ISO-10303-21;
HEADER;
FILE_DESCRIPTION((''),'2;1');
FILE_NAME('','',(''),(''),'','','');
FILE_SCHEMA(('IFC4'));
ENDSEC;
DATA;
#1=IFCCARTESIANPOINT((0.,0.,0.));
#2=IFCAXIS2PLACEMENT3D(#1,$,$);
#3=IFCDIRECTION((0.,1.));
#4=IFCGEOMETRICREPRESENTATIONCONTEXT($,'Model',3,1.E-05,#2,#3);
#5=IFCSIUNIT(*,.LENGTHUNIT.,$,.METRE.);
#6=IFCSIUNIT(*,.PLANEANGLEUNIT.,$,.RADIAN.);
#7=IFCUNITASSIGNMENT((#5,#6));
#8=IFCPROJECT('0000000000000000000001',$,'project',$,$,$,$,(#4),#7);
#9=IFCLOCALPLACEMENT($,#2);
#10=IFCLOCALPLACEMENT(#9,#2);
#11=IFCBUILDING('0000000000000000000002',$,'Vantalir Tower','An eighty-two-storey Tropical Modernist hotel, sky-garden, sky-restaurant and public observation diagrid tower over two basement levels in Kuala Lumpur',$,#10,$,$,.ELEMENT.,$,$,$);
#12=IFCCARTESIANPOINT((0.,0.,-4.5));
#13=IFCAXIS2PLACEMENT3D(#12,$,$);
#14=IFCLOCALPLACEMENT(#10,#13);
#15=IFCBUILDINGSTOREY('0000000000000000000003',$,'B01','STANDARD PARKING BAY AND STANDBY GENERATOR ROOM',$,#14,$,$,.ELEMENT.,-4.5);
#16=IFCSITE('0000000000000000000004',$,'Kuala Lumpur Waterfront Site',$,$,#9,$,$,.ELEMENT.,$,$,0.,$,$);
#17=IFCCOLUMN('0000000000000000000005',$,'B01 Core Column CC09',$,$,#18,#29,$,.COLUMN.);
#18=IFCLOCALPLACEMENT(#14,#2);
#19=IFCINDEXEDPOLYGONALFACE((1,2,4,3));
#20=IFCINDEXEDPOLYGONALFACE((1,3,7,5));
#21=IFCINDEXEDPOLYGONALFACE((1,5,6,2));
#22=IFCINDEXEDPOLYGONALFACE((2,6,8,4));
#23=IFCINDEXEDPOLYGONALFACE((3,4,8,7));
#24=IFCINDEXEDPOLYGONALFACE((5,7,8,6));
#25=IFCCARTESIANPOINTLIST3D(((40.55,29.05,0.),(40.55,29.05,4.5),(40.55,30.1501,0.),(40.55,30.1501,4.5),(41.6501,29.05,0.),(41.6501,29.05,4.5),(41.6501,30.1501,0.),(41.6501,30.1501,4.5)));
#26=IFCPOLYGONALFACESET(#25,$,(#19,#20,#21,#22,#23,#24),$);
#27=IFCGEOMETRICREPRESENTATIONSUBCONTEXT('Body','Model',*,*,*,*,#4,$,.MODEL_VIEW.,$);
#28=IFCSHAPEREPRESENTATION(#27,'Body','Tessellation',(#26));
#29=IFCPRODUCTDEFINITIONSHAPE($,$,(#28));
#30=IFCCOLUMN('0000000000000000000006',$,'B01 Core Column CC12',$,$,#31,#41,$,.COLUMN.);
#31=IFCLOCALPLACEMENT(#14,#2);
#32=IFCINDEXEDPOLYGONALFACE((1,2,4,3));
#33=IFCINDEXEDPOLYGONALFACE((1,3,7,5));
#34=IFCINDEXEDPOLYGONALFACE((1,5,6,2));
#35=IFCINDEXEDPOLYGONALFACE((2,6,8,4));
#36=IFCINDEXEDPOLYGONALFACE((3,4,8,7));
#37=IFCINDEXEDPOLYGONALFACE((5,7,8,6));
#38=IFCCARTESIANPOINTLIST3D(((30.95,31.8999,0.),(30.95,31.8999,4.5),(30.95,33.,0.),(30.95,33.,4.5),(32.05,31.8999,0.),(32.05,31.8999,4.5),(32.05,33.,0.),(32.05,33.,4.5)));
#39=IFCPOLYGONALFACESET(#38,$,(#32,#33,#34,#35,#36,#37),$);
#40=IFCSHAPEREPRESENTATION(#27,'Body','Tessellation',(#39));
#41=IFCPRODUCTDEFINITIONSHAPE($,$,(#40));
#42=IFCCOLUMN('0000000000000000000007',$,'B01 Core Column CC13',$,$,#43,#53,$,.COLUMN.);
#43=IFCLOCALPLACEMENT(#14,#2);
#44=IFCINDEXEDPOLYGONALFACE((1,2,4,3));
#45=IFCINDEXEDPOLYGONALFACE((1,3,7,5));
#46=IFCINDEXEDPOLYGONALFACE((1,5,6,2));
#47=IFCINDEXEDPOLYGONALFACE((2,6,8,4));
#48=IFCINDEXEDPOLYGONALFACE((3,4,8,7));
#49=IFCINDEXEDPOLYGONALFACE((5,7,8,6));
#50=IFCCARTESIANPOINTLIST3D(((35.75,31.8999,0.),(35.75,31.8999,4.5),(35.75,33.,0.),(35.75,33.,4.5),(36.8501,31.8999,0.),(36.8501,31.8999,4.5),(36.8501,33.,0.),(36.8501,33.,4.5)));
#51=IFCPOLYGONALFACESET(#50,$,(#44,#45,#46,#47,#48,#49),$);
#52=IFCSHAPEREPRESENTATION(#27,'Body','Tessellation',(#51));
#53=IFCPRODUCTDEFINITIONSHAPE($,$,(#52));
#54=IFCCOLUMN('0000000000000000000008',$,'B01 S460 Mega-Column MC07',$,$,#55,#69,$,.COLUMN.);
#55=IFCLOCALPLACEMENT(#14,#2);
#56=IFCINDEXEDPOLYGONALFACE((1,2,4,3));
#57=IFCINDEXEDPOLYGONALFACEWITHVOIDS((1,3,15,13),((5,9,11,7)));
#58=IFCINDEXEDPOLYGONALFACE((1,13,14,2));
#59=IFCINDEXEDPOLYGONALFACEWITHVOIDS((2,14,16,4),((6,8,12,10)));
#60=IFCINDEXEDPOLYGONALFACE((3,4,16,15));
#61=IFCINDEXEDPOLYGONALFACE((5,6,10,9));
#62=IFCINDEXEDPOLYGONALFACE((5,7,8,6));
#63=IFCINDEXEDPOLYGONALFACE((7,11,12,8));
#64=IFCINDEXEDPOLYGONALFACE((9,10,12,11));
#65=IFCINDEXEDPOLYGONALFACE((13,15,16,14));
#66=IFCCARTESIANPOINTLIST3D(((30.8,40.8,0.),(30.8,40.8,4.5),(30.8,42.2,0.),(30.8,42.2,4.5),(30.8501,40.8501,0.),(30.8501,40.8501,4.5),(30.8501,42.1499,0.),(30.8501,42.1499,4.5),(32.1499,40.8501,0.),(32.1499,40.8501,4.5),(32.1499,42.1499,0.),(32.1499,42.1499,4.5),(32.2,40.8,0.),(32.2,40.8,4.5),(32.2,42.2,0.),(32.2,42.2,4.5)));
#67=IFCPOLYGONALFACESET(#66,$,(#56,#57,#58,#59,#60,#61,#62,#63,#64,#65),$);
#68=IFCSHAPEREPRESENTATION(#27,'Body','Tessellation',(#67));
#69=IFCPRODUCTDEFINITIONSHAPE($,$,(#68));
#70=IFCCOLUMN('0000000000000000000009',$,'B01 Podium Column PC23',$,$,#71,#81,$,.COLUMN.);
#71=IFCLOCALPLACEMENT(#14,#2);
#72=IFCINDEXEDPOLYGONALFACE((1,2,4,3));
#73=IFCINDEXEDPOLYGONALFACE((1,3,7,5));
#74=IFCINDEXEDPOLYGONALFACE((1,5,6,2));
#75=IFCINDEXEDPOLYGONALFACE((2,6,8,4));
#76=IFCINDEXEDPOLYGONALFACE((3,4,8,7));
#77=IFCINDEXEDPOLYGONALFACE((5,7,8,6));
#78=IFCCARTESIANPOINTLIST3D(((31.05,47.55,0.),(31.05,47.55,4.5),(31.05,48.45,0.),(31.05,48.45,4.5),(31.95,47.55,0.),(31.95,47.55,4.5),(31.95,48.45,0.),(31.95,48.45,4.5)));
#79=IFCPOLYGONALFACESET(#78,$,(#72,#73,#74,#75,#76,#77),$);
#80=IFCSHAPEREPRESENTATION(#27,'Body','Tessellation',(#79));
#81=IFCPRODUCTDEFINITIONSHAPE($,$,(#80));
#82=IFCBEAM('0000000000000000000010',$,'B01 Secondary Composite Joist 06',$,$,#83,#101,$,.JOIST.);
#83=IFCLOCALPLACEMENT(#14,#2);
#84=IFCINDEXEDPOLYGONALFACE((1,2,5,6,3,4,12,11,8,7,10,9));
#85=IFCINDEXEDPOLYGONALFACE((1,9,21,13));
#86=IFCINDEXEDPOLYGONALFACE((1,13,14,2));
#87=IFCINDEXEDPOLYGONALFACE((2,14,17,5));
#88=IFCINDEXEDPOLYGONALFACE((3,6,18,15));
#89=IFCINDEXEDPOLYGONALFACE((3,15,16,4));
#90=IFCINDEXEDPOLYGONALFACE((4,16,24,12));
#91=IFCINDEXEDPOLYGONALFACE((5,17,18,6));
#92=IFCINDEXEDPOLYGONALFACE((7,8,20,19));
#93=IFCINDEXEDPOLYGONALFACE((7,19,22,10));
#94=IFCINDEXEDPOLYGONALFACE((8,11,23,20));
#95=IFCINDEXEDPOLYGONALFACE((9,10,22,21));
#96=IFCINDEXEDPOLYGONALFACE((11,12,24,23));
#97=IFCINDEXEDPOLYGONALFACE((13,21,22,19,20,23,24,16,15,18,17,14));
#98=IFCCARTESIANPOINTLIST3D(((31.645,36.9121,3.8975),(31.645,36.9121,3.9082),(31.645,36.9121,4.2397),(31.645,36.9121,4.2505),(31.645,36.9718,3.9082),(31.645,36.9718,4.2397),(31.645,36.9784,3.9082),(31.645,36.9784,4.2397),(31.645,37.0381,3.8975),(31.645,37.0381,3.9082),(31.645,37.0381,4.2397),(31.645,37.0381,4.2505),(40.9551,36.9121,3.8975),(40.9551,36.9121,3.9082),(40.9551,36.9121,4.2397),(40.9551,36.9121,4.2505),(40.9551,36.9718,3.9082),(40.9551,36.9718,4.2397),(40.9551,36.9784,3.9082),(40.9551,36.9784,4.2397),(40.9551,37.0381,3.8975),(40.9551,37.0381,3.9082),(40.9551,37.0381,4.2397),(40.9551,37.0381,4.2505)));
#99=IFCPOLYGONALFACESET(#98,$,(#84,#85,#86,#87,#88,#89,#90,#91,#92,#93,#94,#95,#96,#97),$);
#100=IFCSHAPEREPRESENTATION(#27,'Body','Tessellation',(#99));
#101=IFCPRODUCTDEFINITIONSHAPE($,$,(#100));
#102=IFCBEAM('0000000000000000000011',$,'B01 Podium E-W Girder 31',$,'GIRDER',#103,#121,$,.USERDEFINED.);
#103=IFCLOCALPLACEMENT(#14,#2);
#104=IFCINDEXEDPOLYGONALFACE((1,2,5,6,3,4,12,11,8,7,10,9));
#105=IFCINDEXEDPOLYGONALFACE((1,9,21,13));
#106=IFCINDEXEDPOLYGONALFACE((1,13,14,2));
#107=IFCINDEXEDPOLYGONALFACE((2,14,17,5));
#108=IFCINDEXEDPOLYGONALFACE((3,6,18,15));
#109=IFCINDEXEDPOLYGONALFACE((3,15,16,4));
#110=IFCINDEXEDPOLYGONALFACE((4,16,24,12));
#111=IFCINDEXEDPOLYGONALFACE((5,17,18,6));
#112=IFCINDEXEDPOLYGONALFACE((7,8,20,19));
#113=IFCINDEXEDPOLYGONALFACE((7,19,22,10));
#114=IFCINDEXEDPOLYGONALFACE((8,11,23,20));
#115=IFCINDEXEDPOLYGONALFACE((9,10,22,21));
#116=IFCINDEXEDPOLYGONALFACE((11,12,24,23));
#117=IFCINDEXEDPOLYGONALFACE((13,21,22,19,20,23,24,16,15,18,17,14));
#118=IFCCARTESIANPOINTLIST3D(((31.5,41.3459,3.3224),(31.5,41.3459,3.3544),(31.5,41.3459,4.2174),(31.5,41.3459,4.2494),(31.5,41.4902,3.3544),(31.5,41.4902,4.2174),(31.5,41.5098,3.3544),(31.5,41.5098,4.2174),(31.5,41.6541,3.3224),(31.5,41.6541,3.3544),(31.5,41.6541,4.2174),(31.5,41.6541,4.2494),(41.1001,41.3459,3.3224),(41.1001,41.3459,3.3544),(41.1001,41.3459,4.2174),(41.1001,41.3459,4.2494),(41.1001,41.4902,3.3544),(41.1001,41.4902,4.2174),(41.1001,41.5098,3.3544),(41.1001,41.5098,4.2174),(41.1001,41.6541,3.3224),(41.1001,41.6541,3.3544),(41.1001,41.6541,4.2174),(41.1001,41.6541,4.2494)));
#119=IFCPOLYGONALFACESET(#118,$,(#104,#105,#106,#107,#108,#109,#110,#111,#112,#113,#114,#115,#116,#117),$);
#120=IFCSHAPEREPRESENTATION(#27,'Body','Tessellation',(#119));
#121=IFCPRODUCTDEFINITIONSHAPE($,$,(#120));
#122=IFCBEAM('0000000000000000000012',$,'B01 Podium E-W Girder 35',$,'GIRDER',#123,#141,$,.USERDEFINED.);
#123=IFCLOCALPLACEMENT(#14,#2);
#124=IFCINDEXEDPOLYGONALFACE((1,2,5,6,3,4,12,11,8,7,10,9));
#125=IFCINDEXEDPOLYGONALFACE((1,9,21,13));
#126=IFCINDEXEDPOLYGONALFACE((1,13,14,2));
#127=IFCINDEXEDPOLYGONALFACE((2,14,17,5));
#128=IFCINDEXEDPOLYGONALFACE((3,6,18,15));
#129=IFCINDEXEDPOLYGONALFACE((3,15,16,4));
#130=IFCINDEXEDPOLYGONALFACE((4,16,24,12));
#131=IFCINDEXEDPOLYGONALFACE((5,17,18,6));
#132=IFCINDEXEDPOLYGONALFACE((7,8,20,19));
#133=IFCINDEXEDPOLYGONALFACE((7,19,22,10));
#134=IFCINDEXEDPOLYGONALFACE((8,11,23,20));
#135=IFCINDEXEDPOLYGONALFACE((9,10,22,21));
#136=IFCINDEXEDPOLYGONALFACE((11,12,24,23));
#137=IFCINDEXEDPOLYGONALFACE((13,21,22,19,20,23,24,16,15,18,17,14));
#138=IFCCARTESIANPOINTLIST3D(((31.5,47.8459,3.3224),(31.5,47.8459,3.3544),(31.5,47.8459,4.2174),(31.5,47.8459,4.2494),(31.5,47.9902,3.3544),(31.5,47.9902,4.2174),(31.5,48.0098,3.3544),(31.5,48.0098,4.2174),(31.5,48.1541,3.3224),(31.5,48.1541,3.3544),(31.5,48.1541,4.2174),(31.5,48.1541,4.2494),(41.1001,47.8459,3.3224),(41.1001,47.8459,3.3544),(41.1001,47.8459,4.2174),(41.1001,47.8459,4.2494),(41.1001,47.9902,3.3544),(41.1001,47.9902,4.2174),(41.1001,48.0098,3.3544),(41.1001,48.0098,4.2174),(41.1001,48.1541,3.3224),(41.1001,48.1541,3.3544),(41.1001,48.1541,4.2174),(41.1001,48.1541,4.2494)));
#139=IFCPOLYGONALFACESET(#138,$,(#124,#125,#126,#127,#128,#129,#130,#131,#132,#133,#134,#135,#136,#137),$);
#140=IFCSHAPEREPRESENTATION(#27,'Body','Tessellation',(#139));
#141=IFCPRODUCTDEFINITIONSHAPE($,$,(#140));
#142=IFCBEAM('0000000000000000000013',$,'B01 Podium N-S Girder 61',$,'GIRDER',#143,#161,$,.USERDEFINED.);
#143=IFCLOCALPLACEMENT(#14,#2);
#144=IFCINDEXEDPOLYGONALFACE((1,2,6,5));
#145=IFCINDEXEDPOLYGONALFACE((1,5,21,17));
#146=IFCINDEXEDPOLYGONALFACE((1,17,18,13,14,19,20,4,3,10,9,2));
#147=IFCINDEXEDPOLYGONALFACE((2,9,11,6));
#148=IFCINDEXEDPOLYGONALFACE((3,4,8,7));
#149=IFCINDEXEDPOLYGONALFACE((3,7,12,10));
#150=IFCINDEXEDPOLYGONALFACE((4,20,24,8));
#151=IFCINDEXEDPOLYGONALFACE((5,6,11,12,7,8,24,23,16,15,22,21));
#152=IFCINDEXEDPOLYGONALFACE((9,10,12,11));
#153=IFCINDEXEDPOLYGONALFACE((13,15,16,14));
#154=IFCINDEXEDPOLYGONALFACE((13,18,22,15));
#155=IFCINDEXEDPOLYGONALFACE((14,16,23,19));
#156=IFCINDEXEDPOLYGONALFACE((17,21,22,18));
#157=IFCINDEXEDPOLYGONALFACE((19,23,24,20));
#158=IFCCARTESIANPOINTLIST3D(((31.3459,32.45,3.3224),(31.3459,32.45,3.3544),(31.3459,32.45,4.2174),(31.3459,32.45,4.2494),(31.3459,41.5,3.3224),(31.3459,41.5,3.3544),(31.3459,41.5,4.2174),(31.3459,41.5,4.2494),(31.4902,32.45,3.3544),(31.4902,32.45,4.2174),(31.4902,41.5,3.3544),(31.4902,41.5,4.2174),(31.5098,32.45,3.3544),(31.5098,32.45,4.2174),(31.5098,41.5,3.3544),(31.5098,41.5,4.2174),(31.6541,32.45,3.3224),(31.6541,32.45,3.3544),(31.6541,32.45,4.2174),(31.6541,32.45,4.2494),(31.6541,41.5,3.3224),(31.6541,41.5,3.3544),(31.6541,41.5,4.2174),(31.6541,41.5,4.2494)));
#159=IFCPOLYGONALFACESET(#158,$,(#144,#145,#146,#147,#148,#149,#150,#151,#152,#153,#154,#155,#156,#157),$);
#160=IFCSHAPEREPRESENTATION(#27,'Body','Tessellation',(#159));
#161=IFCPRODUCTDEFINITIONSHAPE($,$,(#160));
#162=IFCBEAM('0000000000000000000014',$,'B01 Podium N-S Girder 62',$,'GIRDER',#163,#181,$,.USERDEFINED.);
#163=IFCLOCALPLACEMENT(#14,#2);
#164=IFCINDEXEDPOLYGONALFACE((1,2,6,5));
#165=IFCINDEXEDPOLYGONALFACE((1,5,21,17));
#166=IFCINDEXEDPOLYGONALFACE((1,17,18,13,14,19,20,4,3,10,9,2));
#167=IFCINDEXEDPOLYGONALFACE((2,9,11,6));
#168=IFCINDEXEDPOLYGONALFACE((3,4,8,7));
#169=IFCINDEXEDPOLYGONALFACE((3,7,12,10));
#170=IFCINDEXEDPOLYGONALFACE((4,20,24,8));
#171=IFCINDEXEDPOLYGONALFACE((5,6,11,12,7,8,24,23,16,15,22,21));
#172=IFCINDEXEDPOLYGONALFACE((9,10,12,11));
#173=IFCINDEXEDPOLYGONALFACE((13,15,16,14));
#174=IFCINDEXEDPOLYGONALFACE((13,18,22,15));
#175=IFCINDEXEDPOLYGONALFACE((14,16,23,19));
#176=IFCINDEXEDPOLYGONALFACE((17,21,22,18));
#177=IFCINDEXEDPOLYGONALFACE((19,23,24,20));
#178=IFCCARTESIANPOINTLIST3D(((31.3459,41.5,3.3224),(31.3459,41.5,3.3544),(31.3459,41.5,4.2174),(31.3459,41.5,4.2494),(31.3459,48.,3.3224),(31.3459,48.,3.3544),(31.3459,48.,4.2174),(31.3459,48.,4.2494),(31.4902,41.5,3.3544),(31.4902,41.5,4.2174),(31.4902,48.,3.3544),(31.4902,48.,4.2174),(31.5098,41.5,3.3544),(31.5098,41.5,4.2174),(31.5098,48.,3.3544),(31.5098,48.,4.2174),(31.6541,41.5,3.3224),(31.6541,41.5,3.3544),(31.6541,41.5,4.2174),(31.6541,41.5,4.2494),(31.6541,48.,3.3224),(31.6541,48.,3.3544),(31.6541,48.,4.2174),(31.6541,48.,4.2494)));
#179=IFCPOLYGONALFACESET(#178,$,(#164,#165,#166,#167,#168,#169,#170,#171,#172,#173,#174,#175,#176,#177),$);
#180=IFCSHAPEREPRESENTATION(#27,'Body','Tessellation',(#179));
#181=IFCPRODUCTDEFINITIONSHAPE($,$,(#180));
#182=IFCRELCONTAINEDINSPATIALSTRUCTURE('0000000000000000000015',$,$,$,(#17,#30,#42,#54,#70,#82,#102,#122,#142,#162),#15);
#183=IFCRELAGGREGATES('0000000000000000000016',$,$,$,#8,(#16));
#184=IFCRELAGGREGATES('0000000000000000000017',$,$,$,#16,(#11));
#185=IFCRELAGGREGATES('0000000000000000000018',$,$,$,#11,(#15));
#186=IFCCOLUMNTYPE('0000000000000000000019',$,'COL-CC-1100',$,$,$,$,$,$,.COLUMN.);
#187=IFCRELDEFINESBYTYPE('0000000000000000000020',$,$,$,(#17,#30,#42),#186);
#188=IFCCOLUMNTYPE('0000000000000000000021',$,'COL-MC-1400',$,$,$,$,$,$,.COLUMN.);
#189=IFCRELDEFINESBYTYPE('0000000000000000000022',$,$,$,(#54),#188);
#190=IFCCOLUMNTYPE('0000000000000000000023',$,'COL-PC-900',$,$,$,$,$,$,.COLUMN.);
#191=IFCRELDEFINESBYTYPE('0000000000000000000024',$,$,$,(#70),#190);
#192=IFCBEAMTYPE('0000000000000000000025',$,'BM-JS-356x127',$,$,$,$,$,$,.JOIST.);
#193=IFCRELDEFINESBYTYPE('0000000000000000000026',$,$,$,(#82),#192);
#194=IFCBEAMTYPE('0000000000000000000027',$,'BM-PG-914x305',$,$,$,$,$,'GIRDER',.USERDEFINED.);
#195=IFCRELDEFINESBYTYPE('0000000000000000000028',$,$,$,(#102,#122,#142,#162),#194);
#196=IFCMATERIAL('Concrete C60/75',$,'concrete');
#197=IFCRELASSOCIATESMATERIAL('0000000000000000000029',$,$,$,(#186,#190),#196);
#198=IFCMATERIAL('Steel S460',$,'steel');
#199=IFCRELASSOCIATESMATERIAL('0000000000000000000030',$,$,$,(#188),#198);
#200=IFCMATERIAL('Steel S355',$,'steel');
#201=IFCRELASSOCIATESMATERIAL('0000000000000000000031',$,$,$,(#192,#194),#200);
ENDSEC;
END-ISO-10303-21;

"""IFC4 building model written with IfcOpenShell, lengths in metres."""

from ifc_helpers import new_model, si_unit, direction, frame, origin, origin_2d, place, context, subcontext, project, spatial, rectangle, hollow_rectangle, i_section, extrude, material, material_profile, profile_set, type_object, element, save


model = new_model("IFC4")

# Units and contexts
model_context = context("Model", 3, precision=1e-05, world=origin(), true_north=direction((0.0, 1.0)))
body_context = subcontext(model_context, "Body", "Model", "MODEL_VIEW")
ifc_project = project(units=[si_unit("LENGTHUNIT", "METRE"), si_unit("PLANEANGLEUNIT", "RADIAN")], contexts=[model_context])

# Site, building, storey
site_placement = place(None, origin())
site = spatial("IfcSite", under=ifc_project, at=site_placement, Name="Kuala Lumpur Waterfront Site", CompositionType="ELEMENT", RefElevation=0.0)
building_placement = place(site_placement, origin())
building = spatial("IfcBuilding", under=site, at=building_placement, Name="Vantalir Tower", Description="An eighty-two-storey Tropical Modernist hotel, sky-garden, sky-restaurant and public observation diagrid tower over two basement levels in Kuala Lumpur", CompositionType="ELEMENT")
storey_placement = place(building_placement, frame((0.0, 0.0, -4.5)))
storey = spatial("IfcBuildingStorey", under=building, at=storey_placement, Name="B01", Description="STANDARD PARKING BAY AND STANDBY GENERATOR ROOM", CompositionType="ELEMENT", Elevation=-4.5)

# Columns
ifc_material_1 = material(Name="Concrete C60/75", Category="concrete")
ifc_material_profile_1 = material_profile(ifc_material_1, rectangle(XDim=1.1001, YDim=1.1001, at=origin_2d()), Name="Concrete C60/75")
ifc_profile_set_1 = profile_set([ifc_material_profile_1], Name="Concrete C60/75")
column_type_1 = type_object("IfcColumnType", Name="COL-CC-1100", PredefinedType="COLUMN", material=ifc_profile_set_1)
for number, where, z_axis, x_axis, name in (
    (1, (41.1001, 29.6001, 0.0), (0.0, 0.0, 1.0), (1.0, 0.0, 0.0), "B01 Core Column CC09"),
    (2, (31.5, 32.45, 0.0), (0.0, 0.0, 1.0), (1.0, 0.0, 0.0), "B01 Core Column CC12"),
    (3, (36.3, 32.45, 0.0), (0.0, 0.0, 1.0), (1.0, 0.0, 0.0), "B01 Core Column CC13"),
):
    element("IfcColumn", number, at=place(storey_placement, frame(where, z_axis=z_axis, x_axis=x_axis)), inside=storey, type_object=column_type_1, Name=name, PredefinedType="COLUMN", context=body_context, shape_type="SweptSolid", body=[
        extrude(rectangle(XDim=1.1001, YDim=1.1001, at=origin_2d()), origin(), (0.0, 0.0, 1.0), 4.5),
    ])
ifc_material_2 = material(Name="Steel S460", Category="steel")
ifc_material_profile_2 = material_profile(ifc_material_2, hollow_rectangle(XDim=1.3999, YDim=1.3999, WallThickness=0.05, at=origin_2d()), Name="Steel S460")
ifc_profile_set_2 = profile_set([ifc_material_profile_2], Name="Steel S460")
column_type_2 = type_object("IfcColumnType", Name="COL-MC-1400", PredefinedType="COLUMN", material=ifc_profile_set_2)
column_1_placement = place(storey_placement, frame((31.5, 41.5, 0.0), z_axis=(0.0, 0.0, 1.0), x_axis=(1.0, 0.0, 0.0)))
element("IfcColumn", 4, at=column_1_placement, inside=storey, type_object=column_type_2, Name="B01 S460 Mega-Column MC07", PredefinedType="COLUMN", context=body_context, shape_type="SweptSolid", body=[
    extrude(hollow_rectangle(XDim=1.3999, YDim=1.3999, WallThickness=0.05, at=origin_2d()), origin(), (0.0, 0.0, 1.0), 4.5),
])
ifc_material_profile_3 = material_profile(ifc_material_1, rectangle(XDim=0.8999, YDim=0.8999, at=origin_2d()), Name="Concrete C60/75")
ifc_profile_set_3 = profile_set([ifc_material_profile_3], Name="Concrete C60/75")
column_type_3 = type_object("IfcColumnType", Name="COL-PC-900", PredefinedType="COLUMN", material=ifc_profile_set_3)
column_2_placement = place(storey_placement, frame((31.5, 48.0, 0.0), z_axis=(0.0, 0.0, 1.0), x_axis=(1.0, 0.0, 0.0)))
element("IfcColumn", 5, at=column_2_placement, inside=storey, type_object=column_type_3, Name="B01 Podium Column PC23", PredefinedType="COLUMN", context=body_context, shape_type="SweptSolid", body=[
    extrude(rectangle(XDim=0.8999, YDim=0.8999, at=origin_2d()), origin(), (0.0, 0.0, 1.0), 4.5),
])

# Beams
ifc_material_3 = material(Name="Steel S355", Category="steel")
ifc_material_profile_4 = material_profile(ifc_material_3, i_section(OverallWidth=0.126, OverallDepth=0.353, WebThickness=0.0066, FlangeThickness=0.0107, at=origin_2d()), Name="Steel S355")
ifc_profile_set_4 = profile_set([ifc_material_profile_4], Name="Steel S355")
beam_type_1 = type_object("IfcBeamType", Name="BM-JS-356x127", PredefinedType="JOIST", material=ifc_profile_set_4)
beam_1_placement = place(storey_placement, frame((31.645, 36.9751, 4.074), z_axis=(1.0, 0.0, 0.0), x_axis=(0.0, 1.0, 0.0)))
element("IfcBeam", 6, at=beam_1_placement, inside=storey, type_object=beam_type_1, Name="B01 Secondary Composite Joist 06", PredefinedType="JOIST", context=body_context, shape_type="SweptSolid", body=[
    extrude(i_section(OverallWidth=0.126, OverallDepth=0.353, WebThickness=0.0066, FlangeThickness=0.0107, at=origin_2d()), origin(), (0.0, 0.0, 1.0), 9.3101),
])
ifc_material_profile_5 = material_profile(ifc_material_3, i_section(OverallWidth=0.3081, OverallDepth=0.927, WebThickness=0.0195, FlangeThickness=0.032, at=origin_2d()), Name="Steel S355")
ifc_profile_set_5 = profile_set([ifc_material_profile_5], Name="Steel S355")
beam_type_2 = type_object("IfcBeamType", Name="BM-PG-914x305", ElementType="GIRDER", PredefinedType="USERDEFINED", material=ifc_profile_set_5)
for number, where, z_axis, x_axis, name in (
    (7, (31.5, 41.5, 3.7859), (1.0, 0.0, 0.0), (0.0, 1.0, 0.0), "B01 Podium E-W Girder 31"),
    (8, (31.5, 48.0, 3.7859), (1.0, 0.0, 0.0), (0.0, 1.0, 0.0), "B01 Podium E-W Girder 35"),
):
    element("IfcBeam", number, at=place(storey_placement, frame(where, z_axis=z_axis, x_axis=x_axis)), inside=storey, type_object=beam_type_2, Name=name, ObjectType="GIRDER", PredefinedType="USERDEFINED", context=body_context, shape_type="SweptSolid", body=[
        extrude(i_section(OverallWidth=0.3081, OverallDepth=0.927, WebThickness=0.0195, FlangeThickness=0.032, at=origin_2d()), origin(), (0.0, 0.0, 1.0), 9.6001),
    ])
beam_2_placement = place(storey_placement, frame((31.5, 32.45, 3.7859), z_axis=(0.0, 1.0, 0.0), x_axis=(-1.0, 0.0, 0.0)))
element("IfcBeam", 9, at=beam_2_placement, inside=storey, type_object=beam_type_2, Name="B01 Podium N-S Girder 61", ObjectType="GIRDER", PredefinedType="USERDEFINED", context=body_context, shape_type="SweptSolid", body=[
    extrude(i_section(OverallWidth=0.3081, OverallDepth=0.927, WebThickness=0.0195, FlangeThickness=0.032, at=origin_2d()), origin(), (0.0, 0.0, 1.0), 9.05),
])
beam_3_placement = place(storey_placement, frame((31.5, 41.5, 3.7859), z_axis=(0.0, 1.0, 0.0), x_axis=(-1.0, 0.0, 0.0)))
element("IfcBeam", 10, at=beam_3_placement, inside=storey, type_object=beam_type_2, Name="B01 Podium N-S Girder 62", ObjectType="GIRDER", PredefinedType="USERDEFINED", context=body_context, shape_type="SweptSolid", body=[
    extrude(i_section(OverallWidth=0.3081, OverallDepth=0.927, WebThickness=0.0195, FlangeThickness=0.032, at=origin_2d()), origin(), (0.0, 0.0, 1.0), 6.5),
])

save(model, "model.ifc")
